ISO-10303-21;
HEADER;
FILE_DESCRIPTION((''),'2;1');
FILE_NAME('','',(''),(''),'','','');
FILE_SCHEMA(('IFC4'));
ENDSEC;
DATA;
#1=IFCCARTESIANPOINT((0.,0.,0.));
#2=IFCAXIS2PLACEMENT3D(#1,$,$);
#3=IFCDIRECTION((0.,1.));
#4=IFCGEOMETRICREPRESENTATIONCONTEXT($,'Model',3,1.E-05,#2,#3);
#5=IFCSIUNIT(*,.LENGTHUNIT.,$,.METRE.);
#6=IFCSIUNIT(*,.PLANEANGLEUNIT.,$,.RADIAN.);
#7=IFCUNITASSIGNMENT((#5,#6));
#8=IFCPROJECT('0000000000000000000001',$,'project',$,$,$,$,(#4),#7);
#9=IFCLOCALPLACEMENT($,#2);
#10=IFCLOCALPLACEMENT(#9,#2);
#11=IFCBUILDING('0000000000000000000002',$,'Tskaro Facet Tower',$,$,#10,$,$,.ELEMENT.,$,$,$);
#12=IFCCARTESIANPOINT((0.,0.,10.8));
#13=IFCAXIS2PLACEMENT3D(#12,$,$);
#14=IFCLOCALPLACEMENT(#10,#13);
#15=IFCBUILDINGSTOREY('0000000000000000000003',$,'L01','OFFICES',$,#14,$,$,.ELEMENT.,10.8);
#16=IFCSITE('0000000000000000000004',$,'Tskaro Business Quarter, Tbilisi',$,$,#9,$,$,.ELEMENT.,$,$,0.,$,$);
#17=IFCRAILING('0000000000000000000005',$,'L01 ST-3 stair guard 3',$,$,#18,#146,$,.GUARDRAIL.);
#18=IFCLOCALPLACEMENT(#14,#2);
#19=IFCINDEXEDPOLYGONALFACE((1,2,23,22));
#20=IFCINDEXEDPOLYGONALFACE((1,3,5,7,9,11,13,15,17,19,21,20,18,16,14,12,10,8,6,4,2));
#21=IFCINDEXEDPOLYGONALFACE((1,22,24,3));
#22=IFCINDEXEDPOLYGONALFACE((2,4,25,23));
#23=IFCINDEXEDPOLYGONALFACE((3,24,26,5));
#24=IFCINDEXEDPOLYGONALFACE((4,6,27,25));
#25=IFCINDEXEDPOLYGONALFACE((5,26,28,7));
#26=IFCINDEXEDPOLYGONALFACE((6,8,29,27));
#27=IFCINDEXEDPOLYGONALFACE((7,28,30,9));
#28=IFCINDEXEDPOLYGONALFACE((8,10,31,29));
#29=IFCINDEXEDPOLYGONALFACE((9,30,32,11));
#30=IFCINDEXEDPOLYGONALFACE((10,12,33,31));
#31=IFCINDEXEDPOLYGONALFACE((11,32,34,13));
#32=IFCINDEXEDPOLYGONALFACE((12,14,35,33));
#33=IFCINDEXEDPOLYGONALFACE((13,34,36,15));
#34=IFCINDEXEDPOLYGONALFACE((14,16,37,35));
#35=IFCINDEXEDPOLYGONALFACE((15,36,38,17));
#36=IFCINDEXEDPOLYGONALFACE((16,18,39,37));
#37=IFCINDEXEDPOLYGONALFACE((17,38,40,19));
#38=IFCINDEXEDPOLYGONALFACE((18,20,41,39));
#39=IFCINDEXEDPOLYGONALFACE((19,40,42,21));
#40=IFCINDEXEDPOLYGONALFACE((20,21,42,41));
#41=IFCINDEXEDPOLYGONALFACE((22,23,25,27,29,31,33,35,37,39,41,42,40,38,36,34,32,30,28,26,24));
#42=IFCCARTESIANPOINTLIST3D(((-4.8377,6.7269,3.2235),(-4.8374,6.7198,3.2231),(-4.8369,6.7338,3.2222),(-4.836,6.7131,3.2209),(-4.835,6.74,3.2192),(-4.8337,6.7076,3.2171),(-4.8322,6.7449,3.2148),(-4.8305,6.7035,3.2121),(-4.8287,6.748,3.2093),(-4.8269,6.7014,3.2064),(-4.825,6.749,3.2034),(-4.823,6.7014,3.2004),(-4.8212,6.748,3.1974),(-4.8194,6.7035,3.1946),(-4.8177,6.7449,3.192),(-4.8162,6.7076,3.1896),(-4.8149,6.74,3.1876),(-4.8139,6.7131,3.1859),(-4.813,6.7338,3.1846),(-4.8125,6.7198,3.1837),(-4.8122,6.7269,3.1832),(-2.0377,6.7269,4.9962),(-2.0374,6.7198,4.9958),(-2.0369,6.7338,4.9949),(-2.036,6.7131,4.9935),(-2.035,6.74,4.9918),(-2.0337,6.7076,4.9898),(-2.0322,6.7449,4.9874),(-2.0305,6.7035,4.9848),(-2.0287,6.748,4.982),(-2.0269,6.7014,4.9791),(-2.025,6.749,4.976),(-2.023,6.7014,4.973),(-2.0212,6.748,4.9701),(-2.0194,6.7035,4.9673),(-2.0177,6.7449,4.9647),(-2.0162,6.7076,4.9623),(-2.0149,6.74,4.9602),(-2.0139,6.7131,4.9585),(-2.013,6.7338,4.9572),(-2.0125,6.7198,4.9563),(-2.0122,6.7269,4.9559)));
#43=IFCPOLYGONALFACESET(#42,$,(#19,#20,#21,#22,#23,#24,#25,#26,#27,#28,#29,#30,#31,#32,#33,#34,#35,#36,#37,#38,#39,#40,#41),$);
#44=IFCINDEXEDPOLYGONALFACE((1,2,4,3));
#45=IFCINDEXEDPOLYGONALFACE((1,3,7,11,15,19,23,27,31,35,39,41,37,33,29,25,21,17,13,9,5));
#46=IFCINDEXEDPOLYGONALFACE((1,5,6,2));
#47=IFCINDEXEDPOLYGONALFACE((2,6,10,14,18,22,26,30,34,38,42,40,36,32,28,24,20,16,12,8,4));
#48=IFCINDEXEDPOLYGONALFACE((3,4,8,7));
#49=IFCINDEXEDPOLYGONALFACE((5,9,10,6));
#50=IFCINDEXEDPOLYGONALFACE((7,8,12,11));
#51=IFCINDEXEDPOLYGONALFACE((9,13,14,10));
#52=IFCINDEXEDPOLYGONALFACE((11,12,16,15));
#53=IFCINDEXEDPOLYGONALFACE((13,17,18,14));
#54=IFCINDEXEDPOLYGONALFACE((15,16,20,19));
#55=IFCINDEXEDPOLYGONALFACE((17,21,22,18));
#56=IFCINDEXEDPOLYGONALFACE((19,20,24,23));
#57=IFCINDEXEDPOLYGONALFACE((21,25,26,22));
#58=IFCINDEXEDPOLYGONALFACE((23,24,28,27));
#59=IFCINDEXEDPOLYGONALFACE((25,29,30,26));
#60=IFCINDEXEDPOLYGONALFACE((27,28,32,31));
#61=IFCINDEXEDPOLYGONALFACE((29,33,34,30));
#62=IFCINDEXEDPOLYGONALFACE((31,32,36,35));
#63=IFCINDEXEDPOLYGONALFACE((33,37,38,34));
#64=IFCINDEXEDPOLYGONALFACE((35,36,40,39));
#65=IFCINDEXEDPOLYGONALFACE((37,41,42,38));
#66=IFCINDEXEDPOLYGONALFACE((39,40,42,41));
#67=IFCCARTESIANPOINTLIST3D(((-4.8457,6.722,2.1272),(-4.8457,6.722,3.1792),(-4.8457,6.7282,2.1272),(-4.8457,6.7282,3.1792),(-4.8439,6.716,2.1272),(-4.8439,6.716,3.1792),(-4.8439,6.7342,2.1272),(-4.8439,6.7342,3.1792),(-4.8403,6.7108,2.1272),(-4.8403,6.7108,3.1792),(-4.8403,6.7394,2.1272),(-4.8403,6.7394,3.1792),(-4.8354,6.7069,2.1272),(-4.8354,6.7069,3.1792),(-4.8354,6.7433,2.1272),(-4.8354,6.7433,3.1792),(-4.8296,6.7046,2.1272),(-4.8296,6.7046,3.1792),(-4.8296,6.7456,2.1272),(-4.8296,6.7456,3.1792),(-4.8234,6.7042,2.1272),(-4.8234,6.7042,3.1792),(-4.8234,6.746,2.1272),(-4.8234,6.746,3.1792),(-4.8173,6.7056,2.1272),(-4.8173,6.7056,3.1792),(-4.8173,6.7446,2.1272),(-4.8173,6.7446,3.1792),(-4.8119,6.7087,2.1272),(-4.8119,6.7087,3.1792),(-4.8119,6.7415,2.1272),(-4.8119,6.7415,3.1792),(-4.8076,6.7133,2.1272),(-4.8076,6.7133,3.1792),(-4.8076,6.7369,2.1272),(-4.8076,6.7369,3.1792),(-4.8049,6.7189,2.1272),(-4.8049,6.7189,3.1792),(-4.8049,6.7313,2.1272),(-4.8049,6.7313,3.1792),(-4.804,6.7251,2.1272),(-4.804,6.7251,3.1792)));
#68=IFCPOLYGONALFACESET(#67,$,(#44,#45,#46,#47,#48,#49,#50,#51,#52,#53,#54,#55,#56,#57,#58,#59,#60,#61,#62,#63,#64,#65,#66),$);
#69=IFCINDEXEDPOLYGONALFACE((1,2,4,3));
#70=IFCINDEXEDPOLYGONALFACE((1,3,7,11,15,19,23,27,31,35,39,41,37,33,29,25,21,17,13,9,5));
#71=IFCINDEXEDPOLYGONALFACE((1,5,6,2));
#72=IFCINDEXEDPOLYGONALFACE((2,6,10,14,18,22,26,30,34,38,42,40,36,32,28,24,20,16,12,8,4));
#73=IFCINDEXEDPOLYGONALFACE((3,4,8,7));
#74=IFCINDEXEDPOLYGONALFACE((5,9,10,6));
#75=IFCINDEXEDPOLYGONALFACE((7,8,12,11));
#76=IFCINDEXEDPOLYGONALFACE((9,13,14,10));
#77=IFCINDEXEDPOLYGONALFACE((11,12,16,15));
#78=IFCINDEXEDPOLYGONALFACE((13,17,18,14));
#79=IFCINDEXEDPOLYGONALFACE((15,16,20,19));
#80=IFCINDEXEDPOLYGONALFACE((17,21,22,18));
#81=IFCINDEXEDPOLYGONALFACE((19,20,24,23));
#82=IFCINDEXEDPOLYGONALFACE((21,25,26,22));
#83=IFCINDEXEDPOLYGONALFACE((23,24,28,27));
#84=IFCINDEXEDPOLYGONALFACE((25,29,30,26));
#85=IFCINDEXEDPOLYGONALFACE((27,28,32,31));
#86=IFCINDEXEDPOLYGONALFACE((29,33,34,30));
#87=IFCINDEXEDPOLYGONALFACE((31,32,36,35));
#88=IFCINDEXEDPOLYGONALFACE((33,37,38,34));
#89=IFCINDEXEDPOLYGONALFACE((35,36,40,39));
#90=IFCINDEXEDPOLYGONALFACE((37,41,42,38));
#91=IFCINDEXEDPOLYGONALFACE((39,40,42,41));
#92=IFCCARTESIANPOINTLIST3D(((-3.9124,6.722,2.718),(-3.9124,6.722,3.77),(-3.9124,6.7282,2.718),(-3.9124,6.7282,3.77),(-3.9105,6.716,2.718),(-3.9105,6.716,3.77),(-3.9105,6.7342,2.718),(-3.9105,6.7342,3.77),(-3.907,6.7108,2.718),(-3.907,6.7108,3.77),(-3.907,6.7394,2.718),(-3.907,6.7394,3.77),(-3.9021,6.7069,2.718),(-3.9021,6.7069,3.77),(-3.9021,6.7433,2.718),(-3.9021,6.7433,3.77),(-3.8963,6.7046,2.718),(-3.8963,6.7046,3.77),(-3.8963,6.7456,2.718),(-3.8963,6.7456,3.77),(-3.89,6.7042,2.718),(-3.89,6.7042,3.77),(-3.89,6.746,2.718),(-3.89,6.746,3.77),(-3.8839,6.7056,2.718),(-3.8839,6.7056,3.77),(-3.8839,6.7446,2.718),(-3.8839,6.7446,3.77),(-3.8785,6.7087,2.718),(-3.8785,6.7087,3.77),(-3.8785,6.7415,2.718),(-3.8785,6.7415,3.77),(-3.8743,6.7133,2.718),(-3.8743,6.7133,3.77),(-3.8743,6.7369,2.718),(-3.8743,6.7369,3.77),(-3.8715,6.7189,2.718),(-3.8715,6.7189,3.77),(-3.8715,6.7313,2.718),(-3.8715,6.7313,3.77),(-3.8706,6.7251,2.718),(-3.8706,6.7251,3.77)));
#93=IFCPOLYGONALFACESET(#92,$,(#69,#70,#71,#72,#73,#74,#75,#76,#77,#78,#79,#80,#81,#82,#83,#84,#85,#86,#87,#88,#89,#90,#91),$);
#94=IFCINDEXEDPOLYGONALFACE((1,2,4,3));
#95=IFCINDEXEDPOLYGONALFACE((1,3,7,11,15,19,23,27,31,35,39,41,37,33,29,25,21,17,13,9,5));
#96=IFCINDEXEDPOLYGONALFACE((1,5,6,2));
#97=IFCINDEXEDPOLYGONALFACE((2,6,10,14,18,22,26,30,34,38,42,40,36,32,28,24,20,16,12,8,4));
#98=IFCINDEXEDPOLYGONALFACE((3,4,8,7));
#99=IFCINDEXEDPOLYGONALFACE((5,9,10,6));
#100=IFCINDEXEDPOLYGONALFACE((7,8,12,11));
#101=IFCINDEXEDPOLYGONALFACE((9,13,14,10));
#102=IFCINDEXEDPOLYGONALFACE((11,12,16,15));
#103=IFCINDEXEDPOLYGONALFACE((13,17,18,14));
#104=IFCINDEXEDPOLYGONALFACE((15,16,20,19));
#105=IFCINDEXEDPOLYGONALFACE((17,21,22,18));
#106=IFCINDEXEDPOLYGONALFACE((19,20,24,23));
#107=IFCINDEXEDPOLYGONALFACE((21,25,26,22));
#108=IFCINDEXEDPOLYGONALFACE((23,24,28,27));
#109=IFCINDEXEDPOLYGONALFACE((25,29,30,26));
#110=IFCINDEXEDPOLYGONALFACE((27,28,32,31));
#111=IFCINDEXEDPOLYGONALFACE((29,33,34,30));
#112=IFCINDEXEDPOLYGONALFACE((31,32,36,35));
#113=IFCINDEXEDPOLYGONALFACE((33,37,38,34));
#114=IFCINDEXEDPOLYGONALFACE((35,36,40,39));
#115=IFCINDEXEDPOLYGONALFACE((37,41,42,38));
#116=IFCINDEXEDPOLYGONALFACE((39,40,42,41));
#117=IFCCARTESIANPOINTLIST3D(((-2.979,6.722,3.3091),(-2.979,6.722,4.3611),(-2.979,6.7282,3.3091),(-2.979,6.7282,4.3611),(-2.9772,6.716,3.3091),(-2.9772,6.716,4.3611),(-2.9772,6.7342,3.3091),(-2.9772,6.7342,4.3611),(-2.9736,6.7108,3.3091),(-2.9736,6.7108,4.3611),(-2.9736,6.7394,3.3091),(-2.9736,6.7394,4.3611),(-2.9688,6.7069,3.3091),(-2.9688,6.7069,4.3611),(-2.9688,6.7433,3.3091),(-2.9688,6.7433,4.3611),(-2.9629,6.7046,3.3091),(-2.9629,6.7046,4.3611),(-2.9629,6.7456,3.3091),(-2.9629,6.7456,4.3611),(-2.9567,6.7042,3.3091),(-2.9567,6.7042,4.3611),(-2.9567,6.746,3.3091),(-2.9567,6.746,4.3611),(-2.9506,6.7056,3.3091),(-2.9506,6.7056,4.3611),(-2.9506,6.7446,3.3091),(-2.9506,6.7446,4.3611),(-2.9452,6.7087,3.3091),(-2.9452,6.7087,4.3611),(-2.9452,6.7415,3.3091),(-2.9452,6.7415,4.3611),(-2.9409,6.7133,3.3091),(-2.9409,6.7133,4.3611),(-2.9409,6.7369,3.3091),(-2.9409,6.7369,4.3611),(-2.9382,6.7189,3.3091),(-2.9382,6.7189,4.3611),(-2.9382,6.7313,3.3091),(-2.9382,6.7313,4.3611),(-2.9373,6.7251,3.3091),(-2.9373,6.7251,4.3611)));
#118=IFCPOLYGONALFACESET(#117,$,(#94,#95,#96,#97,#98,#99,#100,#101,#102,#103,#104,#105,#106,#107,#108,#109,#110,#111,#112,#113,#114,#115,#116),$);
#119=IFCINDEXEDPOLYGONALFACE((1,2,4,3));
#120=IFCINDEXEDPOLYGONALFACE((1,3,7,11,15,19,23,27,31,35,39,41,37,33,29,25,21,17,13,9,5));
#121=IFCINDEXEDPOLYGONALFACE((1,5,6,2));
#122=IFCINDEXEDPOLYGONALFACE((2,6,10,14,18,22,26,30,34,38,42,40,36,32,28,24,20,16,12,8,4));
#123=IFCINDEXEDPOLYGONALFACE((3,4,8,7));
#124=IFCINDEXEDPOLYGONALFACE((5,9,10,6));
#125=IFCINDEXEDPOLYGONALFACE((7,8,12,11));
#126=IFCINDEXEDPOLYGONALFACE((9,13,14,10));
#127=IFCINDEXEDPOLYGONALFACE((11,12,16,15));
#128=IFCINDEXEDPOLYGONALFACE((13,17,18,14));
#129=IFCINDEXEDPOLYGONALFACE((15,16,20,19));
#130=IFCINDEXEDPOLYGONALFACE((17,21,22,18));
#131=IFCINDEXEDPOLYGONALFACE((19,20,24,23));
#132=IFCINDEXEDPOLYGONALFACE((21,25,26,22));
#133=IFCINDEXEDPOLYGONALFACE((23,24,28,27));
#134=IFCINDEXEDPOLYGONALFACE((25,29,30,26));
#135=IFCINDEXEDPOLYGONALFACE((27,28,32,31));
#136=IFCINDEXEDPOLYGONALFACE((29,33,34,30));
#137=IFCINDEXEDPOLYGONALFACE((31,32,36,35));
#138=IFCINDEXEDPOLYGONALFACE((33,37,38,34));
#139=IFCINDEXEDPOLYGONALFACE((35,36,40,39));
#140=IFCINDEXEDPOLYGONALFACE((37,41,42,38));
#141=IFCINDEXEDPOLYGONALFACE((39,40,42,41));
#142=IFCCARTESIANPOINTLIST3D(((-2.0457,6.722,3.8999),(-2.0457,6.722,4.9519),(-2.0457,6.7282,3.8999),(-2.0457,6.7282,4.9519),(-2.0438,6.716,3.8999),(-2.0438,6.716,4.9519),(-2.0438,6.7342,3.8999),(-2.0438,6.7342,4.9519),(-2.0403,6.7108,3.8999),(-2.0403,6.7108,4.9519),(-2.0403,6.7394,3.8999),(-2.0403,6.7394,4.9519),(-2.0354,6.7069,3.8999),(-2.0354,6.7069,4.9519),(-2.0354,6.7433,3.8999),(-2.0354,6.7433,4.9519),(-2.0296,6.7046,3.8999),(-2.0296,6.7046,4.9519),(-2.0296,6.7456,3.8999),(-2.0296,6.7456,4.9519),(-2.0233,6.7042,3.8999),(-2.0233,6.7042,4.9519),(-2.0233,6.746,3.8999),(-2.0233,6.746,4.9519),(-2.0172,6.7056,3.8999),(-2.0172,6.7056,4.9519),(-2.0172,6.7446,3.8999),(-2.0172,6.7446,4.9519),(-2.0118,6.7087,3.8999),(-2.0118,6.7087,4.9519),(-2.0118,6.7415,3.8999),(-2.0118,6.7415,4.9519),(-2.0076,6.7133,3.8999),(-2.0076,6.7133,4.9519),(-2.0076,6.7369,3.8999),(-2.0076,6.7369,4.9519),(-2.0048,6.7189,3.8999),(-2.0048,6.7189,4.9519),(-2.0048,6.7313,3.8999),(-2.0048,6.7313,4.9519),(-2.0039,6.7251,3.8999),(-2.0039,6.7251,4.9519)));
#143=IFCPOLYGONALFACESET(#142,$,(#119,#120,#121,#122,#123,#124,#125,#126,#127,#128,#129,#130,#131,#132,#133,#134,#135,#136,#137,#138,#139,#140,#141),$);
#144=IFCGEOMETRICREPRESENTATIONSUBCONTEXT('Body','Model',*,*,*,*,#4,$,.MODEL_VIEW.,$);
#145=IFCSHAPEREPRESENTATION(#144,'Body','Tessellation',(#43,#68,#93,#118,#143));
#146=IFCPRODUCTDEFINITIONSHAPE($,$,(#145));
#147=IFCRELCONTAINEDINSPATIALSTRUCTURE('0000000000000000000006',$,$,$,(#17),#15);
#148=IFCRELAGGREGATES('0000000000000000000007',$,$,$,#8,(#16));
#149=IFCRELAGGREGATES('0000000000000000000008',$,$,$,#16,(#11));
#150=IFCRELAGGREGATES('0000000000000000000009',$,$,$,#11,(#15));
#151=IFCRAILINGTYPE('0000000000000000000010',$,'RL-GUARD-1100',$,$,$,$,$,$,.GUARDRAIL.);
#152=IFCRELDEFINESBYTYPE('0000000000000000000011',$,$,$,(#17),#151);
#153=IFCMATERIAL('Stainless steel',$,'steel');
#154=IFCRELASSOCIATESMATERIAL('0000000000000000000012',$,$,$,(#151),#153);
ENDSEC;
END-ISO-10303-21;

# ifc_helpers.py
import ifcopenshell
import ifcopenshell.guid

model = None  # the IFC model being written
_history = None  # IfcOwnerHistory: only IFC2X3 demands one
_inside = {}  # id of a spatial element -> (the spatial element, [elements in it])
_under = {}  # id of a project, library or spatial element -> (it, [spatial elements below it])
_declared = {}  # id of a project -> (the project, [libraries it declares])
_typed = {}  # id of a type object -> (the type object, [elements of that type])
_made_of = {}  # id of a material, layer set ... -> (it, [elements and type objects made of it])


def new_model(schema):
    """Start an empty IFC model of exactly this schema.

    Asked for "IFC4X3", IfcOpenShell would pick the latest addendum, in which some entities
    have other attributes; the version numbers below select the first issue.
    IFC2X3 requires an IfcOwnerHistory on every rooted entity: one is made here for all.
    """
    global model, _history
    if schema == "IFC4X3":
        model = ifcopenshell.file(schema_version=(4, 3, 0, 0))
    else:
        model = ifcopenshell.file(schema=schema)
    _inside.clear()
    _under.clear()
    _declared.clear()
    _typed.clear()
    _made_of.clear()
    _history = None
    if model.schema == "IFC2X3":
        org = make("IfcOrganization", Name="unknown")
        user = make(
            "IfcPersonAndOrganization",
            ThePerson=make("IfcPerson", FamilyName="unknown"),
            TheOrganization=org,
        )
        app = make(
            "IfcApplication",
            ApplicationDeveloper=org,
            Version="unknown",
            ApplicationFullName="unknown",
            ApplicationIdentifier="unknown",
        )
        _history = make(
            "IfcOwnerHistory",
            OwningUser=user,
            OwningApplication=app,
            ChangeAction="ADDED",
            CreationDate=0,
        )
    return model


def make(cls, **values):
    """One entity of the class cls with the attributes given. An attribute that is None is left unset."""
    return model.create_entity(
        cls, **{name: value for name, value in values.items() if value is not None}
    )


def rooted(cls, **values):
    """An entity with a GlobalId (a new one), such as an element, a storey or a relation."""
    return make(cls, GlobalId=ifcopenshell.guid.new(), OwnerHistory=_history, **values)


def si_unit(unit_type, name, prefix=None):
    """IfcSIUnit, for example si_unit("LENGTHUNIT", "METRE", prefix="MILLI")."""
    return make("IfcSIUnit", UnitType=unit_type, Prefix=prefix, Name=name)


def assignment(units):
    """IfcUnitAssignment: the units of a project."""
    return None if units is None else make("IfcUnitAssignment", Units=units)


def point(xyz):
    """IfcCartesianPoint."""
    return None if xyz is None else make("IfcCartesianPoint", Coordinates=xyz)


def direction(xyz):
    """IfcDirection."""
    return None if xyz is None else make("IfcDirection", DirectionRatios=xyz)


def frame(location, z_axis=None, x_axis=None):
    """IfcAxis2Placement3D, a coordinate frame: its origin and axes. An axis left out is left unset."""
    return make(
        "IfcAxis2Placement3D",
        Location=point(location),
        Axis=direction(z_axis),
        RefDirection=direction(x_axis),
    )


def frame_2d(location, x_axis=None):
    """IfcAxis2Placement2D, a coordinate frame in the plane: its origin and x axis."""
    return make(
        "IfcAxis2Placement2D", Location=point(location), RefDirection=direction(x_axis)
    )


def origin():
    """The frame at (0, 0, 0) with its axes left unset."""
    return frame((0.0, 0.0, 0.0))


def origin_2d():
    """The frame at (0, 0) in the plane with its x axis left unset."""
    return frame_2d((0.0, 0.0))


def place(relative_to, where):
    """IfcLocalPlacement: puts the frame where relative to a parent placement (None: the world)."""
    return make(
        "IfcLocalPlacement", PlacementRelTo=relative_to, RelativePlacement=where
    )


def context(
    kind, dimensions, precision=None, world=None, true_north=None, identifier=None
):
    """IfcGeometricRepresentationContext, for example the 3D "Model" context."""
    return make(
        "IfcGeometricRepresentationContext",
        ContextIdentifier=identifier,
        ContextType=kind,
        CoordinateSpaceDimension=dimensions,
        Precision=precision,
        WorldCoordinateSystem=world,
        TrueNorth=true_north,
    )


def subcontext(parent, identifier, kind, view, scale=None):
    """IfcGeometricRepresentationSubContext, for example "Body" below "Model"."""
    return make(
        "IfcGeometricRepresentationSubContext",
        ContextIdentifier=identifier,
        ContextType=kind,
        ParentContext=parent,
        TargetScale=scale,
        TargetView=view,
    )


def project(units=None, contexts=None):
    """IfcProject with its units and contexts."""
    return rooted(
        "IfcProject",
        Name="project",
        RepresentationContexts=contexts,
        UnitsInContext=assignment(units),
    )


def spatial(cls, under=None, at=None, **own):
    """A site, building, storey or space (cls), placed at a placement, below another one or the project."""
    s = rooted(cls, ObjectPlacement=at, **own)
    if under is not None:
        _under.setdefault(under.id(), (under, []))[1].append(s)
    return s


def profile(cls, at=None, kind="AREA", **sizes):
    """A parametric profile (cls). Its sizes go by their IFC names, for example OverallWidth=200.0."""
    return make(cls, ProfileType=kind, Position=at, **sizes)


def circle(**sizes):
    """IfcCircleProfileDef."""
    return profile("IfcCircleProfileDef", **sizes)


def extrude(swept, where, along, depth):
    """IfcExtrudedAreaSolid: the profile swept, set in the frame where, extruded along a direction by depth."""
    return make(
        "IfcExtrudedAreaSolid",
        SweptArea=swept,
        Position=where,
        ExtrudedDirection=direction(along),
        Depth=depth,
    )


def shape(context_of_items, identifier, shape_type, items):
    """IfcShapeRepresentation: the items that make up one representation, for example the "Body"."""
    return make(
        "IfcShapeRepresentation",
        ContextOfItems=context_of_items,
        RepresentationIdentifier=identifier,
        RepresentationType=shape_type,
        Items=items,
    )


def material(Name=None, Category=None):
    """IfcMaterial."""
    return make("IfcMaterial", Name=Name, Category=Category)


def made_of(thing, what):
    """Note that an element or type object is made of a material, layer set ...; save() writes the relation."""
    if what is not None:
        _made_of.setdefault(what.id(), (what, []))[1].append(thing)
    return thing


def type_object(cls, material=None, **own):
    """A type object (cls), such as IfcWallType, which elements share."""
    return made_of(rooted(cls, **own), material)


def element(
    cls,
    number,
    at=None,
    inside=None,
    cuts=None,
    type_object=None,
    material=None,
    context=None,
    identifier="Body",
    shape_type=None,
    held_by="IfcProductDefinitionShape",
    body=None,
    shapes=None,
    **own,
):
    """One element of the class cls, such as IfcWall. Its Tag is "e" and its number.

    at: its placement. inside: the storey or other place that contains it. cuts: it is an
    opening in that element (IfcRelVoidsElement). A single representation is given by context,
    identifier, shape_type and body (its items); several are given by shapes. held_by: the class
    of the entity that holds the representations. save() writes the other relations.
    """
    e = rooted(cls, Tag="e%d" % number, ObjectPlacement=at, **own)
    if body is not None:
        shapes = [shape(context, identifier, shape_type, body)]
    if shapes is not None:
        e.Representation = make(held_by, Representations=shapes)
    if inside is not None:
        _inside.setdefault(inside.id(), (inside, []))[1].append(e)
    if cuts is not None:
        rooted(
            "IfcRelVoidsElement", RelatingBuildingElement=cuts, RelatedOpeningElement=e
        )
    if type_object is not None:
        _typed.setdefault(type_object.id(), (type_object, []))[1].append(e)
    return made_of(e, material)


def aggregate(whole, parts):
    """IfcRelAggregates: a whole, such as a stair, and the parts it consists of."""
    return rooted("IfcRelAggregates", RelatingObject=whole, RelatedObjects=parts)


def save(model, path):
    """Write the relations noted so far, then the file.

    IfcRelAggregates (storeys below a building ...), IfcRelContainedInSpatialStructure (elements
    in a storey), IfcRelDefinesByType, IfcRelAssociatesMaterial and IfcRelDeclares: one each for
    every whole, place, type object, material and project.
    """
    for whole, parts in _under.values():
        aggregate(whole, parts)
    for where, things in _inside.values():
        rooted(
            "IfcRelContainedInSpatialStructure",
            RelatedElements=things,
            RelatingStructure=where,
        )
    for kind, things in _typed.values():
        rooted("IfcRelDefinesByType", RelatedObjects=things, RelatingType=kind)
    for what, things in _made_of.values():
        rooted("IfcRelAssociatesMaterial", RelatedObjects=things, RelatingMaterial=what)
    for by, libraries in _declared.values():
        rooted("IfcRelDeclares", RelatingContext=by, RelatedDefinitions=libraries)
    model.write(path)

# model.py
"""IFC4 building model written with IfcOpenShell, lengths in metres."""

from ifc_helpers import new_model, si_unit, direction, frame, origin, origin_2d, place, context, subcontext, project, spatial, circle, extrude, material, type_object, element, save


model = new_model("IFC4")

# Units and contexts
model_context = context("Model", 3, precision=1e-05, world=origin(), true_north=direction((0.0, 1.0)))
body_context = subcontext(model_context, "Body", "Model", "MODEL_VIEW")
ifc_project = project(units=[si_unit("LENGTHUNIT", "METRE"), si_unit("PLANEANGLEUNIT", "RADIAN")], contexts=[model_context])

# Site, building, storey
site_placement = place(None, origin())
site = spatial("IfcSite", under=ifc_project, at=site_placement, Name="Tskaro Business Quarter, Tbilisi", CompositionType="ELEMENT", RefElevation=0.0)
building_placement = place(site_placement, origin())
building = spatial("IfcBuilding", under=site, at=building_placement, Name="Tskaro Facet Tower", CompositionType="ELEMENT")
storey_placement = place(building_placement, frame((0.0, 0.0, 10.8)))
storey = spatial("IfcBuildingStorey", under=building, at=storey_placement, Name="L01", Description="OFFICES", CompositionType="ELEMENT", Elevation=10.8)

# Railing
ifc_material_1 = material(Name="Stainless steel", Category="steel")
railing_type = type_object("IfcRailingType", Name="RL-GUARD-1100", PredefinedType="GUARDRAIL", material=ifc_material_1)
railing_1_placement = place(storey_placement, frame((-4.825, 6.7251, 2.1272)))
element("IfcRailing", 1, at=railing_1_placement, inside=storey, type_object=railing_type, Name="L01 ST-3 stair guard 3", PredefinedType="GUARDRAIL", context=body_context, shape_type="SweptSolid", body=[
    extrude(circle(Radius=0.0239, at=origin_2d()), frame((0.0, 0.0, 1.0762), z_axis=(0.844909, 0.0, 0.53491), x_axis=(0.0, 1.0, 0.0)), (0.0, 0.0, 1.0), 3.314),
    extrude(circle(Radius=0.021, at=origin_2d()), origin(), (0.0, 0.0, 1.0), 1.052),
    extrude(circle(Radius=0.021, at=origin_2d()), frame((0.9333, 0.0, 0.5908)), (0.0, 0.0, 1.0), 1.052),
    extrude(circle(Radius=0.021, at=origin_2d()), frame((1.8667, 0.0, 1.1819)), (0.0, 0.0, 1.0), 1.052),
    extrude(circle(Radius=0.021, at=origin_2d()), frame((2.8, 0.0, 1.7727)), (0.0, 0.0, 1.0), 1.052),
])

save(model, "model.ifc")
